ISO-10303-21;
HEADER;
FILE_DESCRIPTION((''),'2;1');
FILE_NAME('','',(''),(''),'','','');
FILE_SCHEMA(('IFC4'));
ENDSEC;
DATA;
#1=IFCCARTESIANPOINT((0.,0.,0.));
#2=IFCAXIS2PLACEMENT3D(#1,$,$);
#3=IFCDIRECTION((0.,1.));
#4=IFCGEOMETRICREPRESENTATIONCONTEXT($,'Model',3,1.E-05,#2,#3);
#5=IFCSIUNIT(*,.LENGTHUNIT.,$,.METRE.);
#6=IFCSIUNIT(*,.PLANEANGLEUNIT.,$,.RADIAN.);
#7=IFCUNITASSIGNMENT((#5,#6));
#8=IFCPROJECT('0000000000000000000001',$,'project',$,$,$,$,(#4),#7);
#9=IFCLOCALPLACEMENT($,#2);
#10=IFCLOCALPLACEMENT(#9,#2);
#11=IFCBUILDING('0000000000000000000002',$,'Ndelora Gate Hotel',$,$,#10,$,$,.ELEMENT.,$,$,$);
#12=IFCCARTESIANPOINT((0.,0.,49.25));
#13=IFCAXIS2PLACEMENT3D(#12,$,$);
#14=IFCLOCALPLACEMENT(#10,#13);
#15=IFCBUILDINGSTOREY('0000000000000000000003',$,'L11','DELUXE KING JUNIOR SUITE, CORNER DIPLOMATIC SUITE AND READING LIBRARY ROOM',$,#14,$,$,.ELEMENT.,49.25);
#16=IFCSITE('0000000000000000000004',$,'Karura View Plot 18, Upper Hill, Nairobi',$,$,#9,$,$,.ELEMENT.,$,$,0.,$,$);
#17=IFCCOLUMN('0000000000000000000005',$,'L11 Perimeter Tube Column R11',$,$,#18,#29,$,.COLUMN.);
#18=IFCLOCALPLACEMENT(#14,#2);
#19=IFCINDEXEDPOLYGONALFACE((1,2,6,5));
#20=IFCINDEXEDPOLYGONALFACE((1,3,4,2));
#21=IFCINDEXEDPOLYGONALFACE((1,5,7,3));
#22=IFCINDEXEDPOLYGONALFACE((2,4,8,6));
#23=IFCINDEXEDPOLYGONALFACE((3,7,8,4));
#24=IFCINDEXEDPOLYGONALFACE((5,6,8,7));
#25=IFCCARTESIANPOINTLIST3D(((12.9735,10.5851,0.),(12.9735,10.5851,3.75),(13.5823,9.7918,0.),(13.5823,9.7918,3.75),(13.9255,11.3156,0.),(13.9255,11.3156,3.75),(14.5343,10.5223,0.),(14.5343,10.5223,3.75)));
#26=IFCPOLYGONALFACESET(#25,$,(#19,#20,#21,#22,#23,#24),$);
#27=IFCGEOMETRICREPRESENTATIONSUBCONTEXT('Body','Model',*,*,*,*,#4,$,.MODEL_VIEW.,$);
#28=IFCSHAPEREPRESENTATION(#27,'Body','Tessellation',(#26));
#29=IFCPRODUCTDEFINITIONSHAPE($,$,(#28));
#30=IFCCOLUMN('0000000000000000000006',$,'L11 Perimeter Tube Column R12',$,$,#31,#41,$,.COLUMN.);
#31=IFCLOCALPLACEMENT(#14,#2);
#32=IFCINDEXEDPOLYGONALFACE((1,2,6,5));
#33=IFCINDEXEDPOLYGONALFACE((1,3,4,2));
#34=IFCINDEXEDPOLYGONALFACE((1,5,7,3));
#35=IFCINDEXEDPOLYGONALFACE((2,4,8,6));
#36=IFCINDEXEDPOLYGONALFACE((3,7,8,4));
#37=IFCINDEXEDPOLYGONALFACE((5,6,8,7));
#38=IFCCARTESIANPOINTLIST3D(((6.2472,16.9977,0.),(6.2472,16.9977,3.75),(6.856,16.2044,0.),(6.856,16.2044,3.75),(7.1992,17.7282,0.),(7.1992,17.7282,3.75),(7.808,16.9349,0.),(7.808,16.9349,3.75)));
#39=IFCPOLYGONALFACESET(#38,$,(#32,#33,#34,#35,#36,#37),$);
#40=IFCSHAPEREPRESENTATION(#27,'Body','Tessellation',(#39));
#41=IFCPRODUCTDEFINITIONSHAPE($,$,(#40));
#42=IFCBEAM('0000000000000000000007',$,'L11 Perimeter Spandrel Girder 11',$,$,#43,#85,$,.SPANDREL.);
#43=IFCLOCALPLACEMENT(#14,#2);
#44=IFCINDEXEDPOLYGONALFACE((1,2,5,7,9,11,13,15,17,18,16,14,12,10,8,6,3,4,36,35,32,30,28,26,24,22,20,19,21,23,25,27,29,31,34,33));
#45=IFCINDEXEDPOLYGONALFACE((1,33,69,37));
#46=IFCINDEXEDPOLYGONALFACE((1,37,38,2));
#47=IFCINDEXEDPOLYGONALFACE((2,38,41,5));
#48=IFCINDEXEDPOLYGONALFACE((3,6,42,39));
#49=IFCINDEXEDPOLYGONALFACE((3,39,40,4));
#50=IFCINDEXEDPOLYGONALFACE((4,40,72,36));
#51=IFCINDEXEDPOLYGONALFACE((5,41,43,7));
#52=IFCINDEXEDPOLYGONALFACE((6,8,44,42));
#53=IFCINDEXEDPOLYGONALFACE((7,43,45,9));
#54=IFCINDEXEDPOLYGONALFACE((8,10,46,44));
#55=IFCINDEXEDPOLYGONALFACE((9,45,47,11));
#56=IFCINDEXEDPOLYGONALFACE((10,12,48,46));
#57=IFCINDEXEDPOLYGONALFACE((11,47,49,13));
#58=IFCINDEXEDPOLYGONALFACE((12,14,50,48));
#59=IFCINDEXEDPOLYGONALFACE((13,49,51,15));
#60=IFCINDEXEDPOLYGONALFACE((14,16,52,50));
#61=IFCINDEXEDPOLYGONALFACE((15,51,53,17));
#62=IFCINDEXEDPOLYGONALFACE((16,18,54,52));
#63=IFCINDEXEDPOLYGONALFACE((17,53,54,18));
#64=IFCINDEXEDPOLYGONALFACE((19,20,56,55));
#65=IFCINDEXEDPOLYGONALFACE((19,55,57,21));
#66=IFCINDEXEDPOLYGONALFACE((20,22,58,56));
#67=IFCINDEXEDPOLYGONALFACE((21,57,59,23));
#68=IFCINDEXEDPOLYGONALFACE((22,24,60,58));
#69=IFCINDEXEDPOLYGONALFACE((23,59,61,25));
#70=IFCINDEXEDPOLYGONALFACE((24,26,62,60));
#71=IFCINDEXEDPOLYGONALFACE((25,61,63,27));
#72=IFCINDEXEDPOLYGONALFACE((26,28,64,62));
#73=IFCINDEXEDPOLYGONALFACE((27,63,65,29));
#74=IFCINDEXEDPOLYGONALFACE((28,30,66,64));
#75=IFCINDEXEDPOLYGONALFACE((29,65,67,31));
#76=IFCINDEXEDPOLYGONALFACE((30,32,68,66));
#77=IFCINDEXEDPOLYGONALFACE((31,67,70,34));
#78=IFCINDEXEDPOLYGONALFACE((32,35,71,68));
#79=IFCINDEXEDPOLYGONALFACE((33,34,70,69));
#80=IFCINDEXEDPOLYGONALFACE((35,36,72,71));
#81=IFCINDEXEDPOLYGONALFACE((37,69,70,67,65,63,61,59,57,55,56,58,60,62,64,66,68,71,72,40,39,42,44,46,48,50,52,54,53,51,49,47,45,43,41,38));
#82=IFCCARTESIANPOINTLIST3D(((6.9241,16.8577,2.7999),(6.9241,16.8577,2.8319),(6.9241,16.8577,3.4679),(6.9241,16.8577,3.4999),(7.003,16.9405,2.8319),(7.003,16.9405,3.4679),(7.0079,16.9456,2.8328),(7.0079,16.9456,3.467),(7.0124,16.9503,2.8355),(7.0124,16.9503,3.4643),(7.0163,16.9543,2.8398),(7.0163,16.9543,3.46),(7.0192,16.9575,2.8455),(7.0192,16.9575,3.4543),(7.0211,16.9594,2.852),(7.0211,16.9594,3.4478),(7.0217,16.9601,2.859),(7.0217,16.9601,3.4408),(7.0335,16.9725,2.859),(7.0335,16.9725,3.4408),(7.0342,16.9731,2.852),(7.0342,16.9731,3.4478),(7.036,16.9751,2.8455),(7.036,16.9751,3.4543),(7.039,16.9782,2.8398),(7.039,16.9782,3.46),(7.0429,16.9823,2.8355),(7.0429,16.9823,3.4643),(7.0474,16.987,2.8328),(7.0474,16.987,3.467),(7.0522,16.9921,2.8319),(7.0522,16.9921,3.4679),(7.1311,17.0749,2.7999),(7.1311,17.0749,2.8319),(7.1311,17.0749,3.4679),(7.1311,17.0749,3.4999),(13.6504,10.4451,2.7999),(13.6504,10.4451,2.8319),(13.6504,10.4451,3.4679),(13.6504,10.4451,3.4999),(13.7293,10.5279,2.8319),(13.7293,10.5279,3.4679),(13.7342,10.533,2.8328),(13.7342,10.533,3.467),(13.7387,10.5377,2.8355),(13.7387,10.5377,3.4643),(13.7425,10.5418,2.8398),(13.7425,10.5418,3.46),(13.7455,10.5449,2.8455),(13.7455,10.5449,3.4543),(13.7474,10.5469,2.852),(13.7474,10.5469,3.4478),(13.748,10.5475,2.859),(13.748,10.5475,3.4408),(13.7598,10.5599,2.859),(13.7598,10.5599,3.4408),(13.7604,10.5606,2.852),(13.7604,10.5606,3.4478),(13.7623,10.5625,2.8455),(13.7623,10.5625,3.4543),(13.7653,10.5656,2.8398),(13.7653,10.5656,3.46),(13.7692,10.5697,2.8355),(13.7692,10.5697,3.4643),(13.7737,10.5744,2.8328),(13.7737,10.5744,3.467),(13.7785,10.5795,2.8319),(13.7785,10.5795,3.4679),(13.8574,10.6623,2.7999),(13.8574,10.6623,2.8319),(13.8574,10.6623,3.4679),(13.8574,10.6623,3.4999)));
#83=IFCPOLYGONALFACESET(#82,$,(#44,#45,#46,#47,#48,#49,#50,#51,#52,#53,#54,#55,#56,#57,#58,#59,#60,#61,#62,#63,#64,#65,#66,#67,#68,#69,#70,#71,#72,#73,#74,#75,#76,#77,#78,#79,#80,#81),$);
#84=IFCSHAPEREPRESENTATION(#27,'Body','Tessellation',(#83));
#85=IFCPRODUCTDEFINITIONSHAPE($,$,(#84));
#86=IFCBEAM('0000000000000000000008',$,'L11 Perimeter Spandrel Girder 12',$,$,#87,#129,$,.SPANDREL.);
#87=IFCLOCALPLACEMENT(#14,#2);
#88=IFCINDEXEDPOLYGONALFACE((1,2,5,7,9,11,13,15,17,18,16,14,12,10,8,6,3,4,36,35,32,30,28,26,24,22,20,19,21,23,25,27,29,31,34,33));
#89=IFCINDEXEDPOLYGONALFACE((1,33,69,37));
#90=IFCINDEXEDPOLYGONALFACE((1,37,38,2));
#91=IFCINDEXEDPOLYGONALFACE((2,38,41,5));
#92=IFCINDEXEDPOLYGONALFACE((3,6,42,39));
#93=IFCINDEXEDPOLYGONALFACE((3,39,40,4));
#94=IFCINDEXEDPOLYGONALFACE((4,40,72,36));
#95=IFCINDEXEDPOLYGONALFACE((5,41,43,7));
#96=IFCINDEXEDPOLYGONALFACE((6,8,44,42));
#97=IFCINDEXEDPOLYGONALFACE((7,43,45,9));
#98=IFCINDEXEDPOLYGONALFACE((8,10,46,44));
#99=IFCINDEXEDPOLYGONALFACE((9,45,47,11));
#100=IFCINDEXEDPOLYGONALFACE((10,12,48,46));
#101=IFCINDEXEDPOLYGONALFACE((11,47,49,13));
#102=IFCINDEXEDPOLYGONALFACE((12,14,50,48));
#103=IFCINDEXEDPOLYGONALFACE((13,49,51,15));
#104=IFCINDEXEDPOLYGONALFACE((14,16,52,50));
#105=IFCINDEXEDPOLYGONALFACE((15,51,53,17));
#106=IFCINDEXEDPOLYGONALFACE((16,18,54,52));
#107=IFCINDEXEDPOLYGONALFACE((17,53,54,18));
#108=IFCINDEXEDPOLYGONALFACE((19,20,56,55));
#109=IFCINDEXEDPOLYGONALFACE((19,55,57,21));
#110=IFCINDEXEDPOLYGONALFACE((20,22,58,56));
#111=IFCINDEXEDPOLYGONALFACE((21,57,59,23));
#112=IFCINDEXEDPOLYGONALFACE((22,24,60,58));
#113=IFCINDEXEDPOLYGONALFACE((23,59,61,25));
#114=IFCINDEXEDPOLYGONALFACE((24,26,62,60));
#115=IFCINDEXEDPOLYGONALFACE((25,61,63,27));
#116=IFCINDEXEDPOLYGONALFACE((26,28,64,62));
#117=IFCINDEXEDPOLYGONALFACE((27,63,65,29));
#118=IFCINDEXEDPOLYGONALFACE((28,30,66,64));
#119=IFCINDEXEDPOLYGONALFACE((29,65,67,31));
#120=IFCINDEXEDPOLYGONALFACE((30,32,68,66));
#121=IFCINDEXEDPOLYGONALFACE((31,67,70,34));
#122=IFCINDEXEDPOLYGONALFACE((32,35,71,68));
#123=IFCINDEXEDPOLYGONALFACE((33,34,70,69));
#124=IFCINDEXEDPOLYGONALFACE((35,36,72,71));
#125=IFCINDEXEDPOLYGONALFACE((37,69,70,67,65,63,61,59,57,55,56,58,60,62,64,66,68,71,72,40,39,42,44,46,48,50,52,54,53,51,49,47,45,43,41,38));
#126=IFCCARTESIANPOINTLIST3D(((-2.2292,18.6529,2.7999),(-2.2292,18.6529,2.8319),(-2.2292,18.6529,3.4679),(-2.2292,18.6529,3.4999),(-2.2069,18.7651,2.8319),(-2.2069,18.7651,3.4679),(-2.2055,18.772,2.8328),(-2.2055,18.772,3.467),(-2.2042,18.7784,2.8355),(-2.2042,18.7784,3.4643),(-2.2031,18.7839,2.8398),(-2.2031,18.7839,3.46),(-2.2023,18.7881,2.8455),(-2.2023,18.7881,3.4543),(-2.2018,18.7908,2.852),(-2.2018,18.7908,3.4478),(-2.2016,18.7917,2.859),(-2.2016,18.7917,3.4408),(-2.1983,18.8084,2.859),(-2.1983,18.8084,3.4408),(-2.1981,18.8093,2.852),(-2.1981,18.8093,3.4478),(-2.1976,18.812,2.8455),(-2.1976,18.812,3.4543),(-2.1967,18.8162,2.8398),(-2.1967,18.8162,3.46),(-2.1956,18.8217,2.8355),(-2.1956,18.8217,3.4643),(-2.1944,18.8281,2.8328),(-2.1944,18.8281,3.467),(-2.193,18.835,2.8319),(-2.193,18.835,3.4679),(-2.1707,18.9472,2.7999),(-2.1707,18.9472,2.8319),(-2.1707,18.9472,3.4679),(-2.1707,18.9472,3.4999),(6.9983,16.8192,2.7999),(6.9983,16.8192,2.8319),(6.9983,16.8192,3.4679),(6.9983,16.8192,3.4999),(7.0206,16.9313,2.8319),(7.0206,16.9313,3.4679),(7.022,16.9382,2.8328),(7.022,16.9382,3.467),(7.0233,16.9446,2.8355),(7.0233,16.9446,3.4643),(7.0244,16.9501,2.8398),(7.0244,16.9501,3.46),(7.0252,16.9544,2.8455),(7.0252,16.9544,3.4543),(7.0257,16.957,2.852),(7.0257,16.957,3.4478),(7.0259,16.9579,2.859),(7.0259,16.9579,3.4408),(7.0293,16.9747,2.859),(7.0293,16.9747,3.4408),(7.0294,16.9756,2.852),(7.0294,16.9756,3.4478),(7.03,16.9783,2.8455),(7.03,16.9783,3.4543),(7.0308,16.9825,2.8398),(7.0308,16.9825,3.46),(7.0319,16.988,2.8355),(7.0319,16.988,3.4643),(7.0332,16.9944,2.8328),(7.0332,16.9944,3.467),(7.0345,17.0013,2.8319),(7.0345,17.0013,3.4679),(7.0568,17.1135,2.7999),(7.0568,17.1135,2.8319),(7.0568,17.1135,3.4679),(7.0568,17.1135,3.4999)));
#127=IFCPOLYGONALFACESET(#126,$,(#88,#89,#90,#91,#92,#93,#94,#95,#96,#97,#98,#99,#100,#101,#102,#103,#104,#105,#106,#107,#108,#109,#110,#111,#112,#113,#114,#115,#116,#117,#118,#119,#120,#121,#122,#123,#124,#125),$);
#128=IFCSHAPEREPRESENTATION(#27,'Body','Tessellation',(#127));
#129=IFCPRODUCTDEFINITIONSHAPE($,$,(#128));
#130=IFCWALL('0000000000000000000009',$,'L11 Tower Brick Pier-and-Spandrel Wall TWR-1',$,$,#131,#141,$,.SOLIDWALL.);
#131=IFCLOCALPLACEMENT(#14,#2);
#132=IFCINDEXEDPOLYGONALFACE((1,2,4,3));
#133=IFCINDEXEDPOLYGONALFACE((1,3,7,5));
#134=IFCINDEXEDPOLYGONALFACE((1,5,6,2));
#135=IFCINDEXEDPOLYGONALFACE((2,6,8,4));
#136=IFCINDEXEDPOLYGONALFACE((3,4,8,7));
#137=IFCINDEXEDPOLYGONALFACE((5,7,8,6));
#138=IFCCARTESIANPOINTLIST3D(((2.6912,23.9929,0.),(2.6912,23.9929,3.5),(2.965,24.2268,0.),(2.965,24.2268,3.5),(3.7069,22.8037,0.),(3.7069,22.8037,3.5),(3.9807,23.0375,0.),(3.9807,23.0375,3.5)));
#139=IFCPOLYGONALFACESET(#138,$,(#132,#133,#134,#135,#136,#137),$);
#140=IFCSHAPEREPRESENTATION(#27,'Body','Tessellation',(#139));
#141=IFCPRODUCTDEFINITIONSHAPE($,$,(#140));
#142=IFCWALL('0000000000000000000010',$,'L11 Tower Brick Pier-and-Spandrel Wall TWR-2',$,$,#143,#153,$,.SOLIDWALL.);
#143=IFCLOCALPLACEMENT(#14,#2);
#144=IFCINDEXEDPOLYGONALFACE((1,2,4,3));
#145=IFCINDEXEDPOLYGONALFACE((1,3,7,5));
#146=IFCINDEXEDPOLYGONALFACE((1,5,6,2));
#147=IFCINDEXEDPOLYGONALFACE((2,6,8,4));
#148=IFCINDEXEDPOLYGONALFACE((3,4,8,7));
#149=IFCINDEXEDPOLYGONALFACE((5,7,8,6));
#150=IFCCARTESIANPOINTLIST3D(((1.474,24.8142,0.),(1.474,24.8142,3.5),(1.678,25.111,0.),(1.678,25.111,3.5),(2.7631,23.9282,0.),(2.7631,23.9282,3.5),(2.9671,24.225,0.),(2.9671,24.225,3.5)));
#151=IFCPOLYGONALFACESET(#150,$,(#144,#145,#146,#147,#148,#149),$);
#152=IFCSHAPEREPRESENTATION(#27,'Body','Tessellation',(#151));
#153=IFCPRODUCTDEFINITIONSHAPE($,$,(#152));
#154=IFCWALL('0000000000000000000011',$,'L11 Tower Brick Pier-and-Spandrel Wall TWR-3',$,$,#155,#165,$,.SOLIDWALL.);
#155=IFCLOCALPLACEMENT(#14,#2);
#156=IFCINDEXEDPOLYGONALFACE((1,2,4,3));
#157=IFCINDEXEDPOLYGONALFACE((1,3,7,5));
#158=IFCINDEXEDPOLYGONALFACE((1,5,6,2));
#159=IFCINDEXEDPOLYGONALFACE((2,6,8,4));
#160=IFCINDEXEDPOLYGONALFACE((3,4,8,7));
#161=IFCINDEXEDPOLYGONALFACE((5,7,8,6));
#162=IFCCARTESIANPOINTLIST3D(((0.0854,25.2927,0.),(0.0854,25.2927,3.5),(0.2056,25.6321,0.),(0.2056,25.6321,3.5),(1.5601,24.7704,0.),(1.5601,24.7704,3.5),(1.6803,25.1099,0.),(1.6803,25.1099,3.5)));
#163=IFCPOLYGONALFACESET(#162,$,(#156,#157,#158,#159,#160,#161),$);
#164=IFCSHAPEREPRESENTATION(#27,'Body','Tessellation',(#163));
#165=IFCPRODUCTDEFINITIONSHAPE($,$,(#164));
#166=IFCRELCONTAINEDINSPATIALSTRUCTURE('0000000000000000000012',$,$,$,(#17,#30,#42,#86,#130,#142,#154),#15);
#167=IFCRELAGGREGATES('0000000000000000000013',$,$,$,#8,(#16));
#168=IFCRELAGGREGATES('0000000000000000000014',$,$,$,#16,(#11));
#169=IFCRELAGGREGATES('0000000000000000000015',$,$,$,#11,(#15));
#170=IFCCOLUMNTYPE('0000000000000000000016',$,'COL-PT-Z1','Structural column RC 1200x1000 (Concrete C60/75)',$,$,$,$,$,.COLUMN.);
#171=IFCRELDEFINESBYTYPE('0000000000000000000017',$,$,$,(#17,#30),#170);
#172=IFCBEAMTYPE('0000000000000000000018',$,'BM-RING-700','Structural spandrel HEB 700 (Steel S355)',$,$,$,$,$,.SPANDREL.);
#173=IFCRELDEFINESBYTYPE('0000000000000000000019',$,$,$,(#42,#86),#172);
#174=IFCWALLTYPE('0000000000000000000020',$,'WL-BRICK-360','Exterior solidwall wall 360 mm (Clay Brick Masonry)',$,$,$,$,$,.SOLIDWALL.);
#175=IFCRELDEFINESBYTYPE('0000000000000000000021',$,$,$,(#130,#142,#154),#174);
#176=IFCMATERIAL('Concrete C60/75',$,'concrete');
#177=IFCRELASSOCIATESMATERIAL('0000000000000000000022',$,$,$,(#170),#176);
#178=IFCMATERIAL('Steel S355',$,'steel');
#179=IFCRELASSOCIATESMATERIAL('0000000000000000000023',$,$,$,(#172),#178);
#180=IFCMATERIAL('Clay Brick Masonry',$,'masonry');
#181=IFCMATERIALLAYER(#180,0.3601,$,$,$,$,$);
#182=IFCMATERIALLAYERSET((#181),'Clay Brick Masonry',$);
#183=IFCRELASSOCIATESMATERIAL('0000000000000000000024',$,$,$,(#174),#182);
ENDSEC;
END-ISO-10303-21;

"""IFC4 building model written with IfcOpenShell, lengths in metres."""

from ifc_helpers import new_model, si_unit, direction, frame, frame_2d, origin, origin_2d, place, context, subcontext, project, spatial, rectangle, i_section, extrude, material, layer, layer_set, material_profile, profile_set, type_object, element, save


model = new_model("IFC4")

# Units and contexts
model_context = context("Model", 3, precision=1e-05, world=origin(), true_north=direction((0.0, 1.0)))
body_context = subcontext(model_context, "Body", "Model", "MODEL_VIEW")
ifc_project = project(units=[si_unit("LENGTHUNIT", "METRE"), si_unit("PLANEANGLEUNIT", "RADIAN")], contexts=[model_context])

# Site, building, storey
site_placement = place(None, origin())
site = spatial("IfcSite", under=ifc_project, at=site_placement, Name="Karura View Plot 18, Upper Hill, Nairobi", CompositionType="ELEMENT", RefElevation=0.0)
building_placement = place(site_placement, origin())
building = spatial("IfcBuilding", under=site, at=building_placement, Name="Ndelora Gate Hotel", CompositionType="ELEMENT")
storey_placement = place(building_placement, frame((0.0, 0.0, 49.25)))
storey = spatial("IfcBuildingStorey", under=building, at=storey_placement, Name="L11", Description="DELUXE KING JUNIOR SUITE, CORNER DIPLOMATIC SUITE AND READING LIBRARY ROOM", CompositionType="ELEMENT", Elevation=49.25)

# Columns
ifc_material_1 = material(Name="Concrete C60/75", Category="concrete")
ifc_material_profile_1 = material_profile(ifc_material_1, rectangle(XDim=1.0, YDim=1.2, at=origin_2d()), Name="RC 1200x1000")
ifc_profile_set_1 = profile_set([ifc_material_profile_1], Name="Concrete C60/75")
column_type = type_object("IfcColumnType", Name="COL-PT-Z1", Description="Structural column RC 1200x1000 (Concrete C60/75)", PredefinedType="COLUMN", material=ifc_profile_set_1)
for number, where, z_axis, x_axis, name in (
    (1, (13.7539, 10.5537, 0.0), (0.0, 0.0, 1.0), (-0.608761, 0.793353, 0.0), "L11 Perimeter Tube Column R11"),
    (2, (7.0276, 16.9663, 0.0), (0.0, 0.0, 1.0), (-0.608761, 0.793353, 0.0), "L11 Perimeter Tube Column R12"),
):
    element("IfcColumn", number, at=place(storey_placement, frame(where, z_axis=z_axis, x_axis=x_axis)), inside=storey, type_object=column_type, Name=name, PredefinedType="COLUMN", context=body_context, shape_type="SweptSolid", body=[
        extrude(rectangle(XDim=1.0, YDim=1.2, at=origin_2d()), origin(), (0.0, 0.0, 1.0), 3.75),
    ])

# Beams
ifc_material_2 = material(Name="Steel S355", Category="steel")
ifc_material_profile_2 = material_profile(ifc_material_2, i_section(OverallWidth=0.3, OverallDepth=0.7, WebThickness=0.0171, FlangeThickness=0.032, FilletRadius=0.0271, at=origin_2d()), Name="HEB 700")
ifc_profile_set_2 = profile_set([ifc_material_profile_2], Name="Steel S355")
beam_type = type_object("IfcBeamType", Name="BM-RING-700", Description="Structural spandrel HEB 700 (Steel S355)", PredefinedType="SPANDREL", material=ifc_profile_set_2)
beam_1_placement = place(storey_placement, frame((13.7539, 10.5537, 3.1499), z_axis=(-0.723784, 0.690026, 0.0), x_axis=(-0.690026, -0.723784, 0.0)))
element("IfcBeam", 3, at=beam_1_placement, inside=storey, type_object=beam_type, Name="L11 Perimeter Spandrel Girder 11", PredefinedType="SPANDREL", context=body_context, shape_type="SweptSolid", body=[
    extrude(i_section(OverallWidth=0.3, OverallDepth=0.7, WebThickness=0.0171, FlangeThickness=0.032, FilletRadius=0.0271, at=origin_2d()), origin(), (0.0, 0.0, 1.0), 9.2932),
])
beam_2_placement = place(storey_placement, frame((7.0276, 16.9663, 3.1499), z_axis=(-0.98082, 0.194913, 0.0), x_axis=(-0.194913, -0.98082, 0.0)))
element("IfcBeam", 4, at=beam_2_placement, inside=storey, type_object=beam_type, Name="L11 Perimeter Spandrel Girder 12", PredefinedType="SPANDREL", context=body_context, shape_type="SweptSolid", body=[
    extrude(i_section(OverallWidth=0.3, OverallDepth=0.7, WebThickness=0.0171, FlangeThickness=0.032, FilletRadius=0.0271, at=origin_2d()), origin(), (0.0, 0.0, 1.0), 9.408),
])

# Walls
ifc_material_3 = material(Name="Clay Brick Masonry", Category="masonry")
ifc_layer_1 = layer(ifc_material_3, 0.3601)
ifc_layer_set_1 = layer_set([ifc_layer_1], Name="Clay Brick Masonry")
wall_type_1 = type_object("IfcWallType", Name="WL-BRICK-360", Description="Exterior solidwall wall 360 mm (Clay Brick Masonry)", PredefinedType="SOLIDWALL", material=ifc_layer_set_1)
wall_1_placement = place(storey_placement, frame((2.8281, 24.1099, 0.0), z_axis=(0.0, 0.0, 1.0), x_axis=(0.649428, -0.760423, 0.0)))
element("IfcWall", 5, at=wall_1_placement, inside=storey, type_object=wall_type_1, Name="L11 Tower Brick Pier-and-Spandrel Wall TWR-1", PredefinedType="SOLIDWALL", context=body_context, shape_type="SweptSolid", body=[
    extrude(rectangle(XDim=1.564, YDim=0.3601, at=frame_2d((0.782, 0.0))), origin(), (0.0, 0.0, 1.0), 3.5),
])
wall_2_placement = place(storey_placement, frame((1.5759, 24.9626, 0.0), z_axis=(0.0, 0.0, 1.0), x_axis=(0.824115, -0.566423, 0.0)))
element("IfcWall", 6, at=wall_2_placement, inside=storey, type_object=wall_type_1, Name="L11 Tower Brick Pier-and-Spandrel Wall TWR-2", PredefinedType="SOLIDWALL", context=body_context, shape_type="SweptSolid", body=[
    extrude(rectangle(XDim=1.5642, YDim=0.3601, at=frame_2d((0.7822, 0.0))), origin(), (0.0, 0.0, 1.0), 3.5),
])
wall_3_placement = place(storey_placement, frame((0.1455, 25.4624, 0.0), z_axis=(0.0, 0.0, 1.0), x_axis=(0.942635, -0.333824, 0.0)))
element("IfcWall", 7, at=wall_3_placement, inside=storey, type_object=wall_type_1, Name="L11 Tower Brick Pier-and-Spandrel Wall TWR-3", PredefinedType="SOLIDWALL", context=body_context, shape_type="SweptSolid", body=[
    extrude(rectangle(XDim=1.5645, YDim=0.3601, at=frame_2d((0.7822, 0.0))), origin(), (0.0, 0.0, 1.0), 3.5),
])

save(model, "model.ifc")
